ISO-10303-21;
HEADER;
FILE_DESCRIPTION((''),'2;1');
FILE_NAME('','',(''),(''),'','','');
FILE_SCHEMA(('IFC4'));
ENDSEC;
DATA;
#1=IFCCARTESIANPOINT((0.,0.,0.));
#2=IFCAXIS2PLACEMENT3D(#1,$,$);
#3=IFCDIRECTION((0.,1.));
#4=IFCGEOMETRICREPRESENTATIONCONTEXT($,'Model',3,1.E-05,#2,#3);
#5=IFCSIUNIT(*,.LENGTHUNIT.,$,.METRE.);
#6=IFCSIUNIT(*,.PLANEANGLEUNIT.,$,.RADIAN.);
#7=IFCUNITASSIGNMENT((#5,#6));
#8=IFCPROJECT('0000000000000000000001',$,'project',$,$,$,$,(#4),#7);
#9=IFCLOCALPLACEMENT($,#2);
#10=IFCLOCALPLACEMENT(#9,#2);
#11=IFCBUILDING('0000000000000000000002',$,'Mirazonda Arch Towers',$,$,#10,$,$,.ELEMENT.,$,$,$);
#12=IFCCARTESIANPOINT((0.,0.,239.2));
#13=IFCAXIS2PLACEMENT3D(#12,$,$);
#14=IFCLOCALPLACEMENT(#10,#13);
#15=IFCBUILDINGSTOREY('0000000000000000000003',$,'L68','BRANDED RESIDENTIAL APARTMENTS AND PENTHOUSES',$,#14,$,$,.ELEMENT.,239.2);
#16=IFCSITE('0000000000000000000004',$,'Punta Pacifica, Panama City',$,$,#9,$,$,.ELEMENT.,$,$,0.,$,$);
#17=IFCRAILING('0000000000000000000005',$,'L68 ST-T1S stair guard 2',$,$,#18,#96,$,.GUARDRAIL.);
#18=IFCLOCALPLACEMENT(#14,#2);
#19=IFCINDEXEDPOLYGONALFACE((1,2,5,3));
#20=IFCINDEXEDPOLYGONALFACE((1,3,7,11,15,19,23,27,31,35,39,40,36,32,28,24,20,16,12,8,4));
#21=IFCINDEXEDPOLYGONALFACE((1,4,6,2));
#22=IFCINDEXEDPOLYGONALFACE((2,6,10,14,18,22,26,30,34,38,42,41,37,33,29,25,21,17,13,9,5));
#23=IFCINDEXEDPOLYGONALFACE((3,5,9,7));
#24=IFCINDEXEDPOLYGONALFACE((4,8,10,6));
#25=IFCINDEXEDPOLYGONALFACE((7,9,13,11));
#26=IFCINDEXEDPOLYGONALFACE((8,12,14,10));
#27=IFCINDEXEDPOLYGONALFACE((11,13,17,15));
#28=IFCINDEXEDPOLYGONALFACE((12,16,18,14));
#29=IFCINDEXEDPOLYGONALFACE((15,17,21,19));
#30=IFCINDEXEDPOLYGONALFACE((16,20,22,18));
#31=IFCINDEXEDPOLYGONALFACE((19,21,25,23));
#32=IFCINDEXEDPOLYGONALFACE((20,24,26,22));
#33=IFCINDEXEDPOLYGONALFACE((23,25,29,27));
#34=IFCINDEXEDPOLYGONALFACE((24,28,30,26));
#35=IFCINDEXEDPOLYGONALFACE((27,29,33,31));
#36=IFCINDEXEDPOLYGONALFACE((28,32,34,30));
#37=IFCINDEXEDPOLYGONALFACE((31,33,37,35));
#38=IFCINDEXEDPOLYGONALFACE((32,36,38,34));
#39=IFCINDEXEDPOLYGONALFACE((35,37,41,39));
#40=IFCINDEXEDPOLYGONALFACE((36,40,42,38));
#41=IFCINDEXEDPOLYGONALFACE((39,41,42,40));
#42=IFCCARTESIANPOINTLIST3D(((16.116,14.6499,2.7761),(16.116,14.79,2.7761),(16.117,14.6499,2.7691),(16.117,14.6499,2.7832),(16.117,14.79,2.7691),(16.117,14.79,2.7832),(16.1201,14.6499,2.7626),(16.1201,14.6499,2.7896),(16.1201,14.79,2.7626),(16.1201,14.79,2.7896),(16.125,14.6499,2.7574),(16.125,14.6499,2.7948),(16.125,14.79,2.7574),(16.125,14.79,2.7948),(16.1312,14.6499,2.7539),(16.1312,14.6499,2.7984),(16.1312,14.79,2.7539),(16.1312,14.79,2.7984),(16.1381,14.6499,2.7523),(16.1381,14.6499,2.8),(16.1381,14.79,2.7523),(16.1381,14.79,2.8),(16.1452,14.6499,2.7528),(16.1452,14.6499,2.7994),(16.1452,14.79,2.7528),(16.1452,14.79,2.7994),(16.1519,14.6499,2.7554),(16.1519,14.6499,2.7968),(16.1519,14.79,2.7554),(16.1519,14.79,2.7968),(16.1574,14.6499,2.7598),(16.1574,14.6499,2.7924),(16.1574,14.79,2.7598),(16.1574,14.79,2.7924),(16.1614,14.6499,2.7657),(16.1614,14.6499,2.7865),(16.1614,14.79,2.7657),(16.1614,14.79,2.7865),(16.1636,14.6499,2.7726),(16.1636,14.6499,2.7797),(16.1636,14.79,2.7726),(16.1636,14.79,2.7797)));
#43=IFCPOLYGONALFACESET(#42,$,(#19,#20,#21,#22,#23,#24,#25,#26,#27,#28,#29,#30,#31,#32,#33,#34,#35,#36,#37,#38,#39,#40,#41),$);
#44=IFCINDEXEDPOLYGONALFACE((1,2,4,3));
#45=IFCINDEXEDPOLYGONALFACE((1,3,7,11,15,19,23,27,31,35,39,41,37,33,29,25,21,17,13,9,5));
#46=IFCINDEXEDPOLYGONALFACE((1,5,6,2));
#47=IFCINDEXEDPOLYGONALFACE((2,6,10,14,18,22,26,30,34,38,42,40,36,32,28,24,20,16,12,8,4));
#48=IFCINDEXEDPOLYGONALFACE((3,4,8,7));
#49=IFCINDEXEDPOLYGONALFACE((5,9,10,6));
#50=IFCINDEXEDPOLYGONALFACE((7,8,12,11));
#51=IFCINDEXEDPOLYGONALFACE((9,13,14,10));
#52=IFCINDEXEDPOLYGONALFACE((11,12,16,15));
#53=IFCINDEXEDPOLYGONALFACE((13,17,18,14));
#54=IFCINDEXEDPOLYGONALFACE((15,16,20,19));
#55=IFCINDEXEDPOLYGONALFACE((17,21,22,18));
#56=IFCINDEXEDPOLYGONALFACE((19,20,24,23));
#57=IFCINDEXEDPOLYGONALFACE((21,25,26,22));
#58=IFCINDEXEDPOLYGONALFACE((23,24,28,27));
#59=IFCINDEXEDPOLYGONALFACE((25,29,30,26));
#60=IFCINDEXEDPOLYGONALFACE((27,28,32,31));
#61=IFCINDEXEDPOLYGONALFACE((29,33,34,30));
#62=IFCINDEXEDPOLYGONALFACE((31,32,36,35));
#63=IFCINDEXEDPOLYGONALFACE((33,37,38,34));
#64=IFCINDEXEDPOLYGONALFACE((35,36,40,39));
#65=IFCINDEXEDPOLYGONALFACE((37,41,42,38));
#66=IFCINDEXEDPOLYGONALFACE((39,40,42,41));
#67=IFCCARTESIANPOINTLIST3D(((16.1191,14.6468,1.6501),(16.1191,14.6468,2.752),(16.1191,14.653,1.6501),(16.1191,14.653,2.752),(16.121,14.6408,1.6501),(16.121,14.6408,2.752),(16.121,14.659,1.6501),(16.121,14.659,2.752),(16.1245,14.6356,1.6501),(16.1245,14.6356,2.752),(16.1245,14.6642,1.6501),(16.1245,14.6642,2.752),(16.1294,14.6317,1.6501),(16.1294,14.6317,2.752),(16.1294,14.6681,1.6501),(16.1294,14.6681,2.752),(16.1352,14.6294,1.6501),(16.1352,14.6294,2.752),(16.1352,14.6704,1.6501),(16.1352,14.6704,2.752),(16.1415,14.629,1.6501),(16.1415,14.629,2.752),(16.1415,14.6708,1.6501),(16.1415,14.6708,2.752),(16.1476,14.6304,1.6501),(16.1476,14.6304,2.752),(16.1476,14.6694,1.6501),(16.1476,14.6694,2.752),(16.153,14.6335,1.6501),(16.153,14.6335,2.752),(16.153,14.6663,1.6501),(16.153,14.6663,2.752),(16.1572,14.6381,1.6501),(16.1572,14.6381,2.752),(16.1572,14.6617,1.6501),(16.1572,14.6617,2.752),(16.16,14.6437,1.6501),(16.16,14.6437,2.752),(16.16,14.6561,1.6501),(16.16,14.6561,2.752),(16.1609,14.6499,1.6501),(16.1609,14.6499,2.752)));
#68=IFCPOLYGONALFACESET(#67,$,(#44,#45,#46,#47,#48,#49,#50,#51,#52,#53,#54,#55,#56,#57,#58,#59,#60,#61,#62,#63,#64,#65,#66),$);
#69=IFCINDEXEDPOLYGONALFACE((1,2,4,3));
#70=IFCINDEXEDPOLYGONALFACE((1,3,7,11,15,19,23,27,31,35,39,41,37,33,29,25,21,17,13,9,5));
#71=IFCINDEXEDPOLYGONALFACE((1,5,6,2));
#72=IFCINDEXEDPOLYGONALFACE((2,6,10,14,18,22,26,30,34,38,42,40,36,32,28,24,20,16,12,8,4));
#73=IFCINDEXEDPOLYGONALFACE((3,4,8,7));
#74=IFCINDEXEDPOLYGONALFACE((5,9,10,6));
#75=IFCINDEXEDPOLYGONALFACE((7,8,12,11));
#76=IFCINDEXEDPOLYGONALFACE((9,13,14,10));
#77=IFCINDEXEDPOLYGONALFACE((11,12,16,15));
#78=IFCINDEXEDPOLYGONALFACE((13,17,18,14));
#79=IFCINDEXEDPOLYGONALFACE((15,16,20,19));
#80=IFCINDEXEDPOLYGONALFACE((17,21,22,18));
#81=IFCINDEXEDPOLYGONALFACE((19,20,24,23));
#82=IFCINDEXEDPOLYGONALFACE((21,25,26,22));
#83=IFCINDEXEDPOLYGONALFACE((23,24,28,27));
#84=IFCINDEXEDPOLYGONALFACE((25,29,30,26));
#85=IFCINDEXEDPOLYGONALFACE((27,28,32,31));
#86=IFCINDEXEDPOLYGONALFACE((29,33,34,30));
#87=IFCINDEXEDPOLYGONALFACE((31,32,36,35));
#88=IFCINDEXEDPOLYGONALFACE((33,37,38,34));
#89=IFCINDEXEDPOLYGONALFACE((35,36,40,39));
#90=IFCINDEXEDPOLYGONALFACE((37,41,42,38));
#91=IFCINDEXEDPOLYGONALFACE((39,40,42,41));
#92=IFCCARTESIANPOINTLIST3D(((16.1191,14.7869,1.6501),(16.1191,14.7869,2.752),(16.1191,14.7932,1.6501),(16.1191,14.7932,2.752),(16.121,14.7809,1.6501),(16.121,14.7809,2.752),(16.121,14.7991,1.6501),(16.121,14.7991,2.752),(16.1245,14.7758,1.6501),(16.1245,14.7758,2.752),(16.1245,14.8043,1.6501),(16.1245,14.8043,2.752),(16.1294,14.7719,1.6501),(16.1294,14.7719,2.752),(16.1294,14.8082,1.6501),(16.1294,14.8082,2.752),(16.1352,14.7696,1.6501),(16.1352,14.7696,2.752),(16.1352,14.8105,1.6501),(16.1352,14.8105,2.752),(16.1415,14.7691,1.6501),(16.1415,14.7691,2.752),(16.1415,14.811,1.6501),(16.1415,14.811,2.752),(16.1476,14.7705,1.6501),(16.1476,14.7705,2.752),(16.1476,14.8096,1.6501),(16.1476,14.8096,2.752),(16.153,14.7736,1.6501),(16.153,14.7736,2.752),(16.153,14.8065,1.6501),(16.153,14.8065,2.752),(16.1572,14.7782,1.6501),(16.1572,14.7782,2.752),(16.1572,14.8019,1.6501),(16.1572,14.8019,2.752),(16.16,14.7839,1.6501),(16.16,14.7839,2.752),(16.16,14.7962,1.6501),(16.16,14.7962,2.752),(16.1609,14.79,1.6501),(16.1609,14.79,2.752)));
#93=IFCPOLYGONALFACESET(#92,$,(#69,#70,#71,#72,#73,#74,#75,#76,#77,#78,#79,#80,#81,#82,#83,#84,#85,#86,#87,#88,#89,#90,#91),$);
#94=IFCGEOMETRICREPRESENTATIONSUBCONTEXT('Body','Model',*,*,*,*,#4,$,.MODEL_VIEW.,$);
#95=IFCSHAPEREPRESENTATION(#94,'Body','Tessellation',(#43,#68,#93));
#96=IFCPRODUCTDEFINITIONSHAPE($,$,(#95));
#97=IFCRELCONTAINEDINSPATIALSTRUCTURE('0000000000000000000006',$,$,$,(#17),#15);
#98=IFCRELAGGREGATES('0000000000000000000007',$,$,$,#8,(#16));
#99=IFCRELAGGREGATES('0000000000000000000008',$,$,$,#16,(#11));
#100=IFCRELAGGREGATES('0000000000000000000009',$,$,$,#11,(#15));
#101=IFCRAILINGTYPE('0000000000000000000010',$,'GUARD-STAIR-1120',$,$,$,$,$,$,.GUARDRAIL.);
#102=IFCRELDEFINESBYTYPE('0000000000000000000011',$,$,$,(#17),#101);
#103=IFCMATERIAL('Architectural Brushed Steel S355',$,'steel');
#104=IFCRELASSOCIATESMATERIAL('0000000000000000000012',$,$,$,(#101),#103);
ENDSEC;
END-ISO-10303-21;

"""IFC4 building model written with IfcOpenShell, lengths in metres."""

from ifc_helpers import new_model, si_unit, direction, frame, origin, origin_2d, place, context, subcontext, project, spatial, circle, extrude, material, type_object, element, save


model = new_model("IFC4")

# Units and contexts
model_context = context("Model", 3, precision=1e-05, world=origin(), true_north=direction((0.0, 1.0)))
body_context = subcontext(model_context, "Body", "Model", "MODEL_VIEW")
ifc_project = project(units=[si_unit("LENGTHUNIT", "METRE"), si_unit("PLANEANGLEUNIT", "RADIAN")], contexts=[model_context])

# Site, building, storey
site_placement = place(None, origin())
site = spatial("IfcSite", under=ifc_project, at=site_placement, Name="Punta Pacifica, Panama City", CompositionType="ELEMENT", RefElevation=0.0)
building_placement = place(site_placement, origin())
building = spatial("IfcBuilding", under=site, at=building_placement, Name="Mirazonda Arch Towers", CompositionType="ELEMENT")
storey_placement = place(building_placement, frame((0.0, 0.0, 239.2)))
storey = spatial("IfcBuildingStorey", under=building, at=storey_placement, Name="L68", Description="BRANDED RESIDENTIAL APARTMENTS AND PENTHOUSES", CompositionType="ELEMENT", Elevation=239.2)

# Railing
ifc_material_1 = material(Name="Architectural Brushed Steel S355", Category="steel")
railing_type_1 = type_object("IfcRailingType", Name="GUARD-STAIR-1120", PredefinedType="GUARDRAIL", material=ifc_material_1)
railing_1_placement = place(storey_placement, frame((16.1399, 14.6499, 1.6501)))
element("IfcRailing", 1, at=railing_1_placement, inside=storey, type_object=railing_type_1, Name="L68 ST-T1S stair guard 2", PredefinedType="GUARDRAIL", context=body_context, shape_type="SweptSolid", body=[
    extrude(circle(Radius=0.0239, at=origin_2d()), frame((0.0, 0.0, 1.126), z_axis=(0.0, 1.0, 0.0), x_axis=(-1.0, 0.0, 0.0)), (0.0, 0.0, 1.0), 0.1401),
    extrude(circle(Radius=0.021, at=origin_2d()), origin(), (0.0, 0.0, 1.0), 1.1018),
    extrude(circle(Radius=0.021, at=origin_2d()), frame((0.0, 0.1401, 0.0)), (0.0, 0.0, 1.0), 1.1018),
])

save(model, "model.ifc")
